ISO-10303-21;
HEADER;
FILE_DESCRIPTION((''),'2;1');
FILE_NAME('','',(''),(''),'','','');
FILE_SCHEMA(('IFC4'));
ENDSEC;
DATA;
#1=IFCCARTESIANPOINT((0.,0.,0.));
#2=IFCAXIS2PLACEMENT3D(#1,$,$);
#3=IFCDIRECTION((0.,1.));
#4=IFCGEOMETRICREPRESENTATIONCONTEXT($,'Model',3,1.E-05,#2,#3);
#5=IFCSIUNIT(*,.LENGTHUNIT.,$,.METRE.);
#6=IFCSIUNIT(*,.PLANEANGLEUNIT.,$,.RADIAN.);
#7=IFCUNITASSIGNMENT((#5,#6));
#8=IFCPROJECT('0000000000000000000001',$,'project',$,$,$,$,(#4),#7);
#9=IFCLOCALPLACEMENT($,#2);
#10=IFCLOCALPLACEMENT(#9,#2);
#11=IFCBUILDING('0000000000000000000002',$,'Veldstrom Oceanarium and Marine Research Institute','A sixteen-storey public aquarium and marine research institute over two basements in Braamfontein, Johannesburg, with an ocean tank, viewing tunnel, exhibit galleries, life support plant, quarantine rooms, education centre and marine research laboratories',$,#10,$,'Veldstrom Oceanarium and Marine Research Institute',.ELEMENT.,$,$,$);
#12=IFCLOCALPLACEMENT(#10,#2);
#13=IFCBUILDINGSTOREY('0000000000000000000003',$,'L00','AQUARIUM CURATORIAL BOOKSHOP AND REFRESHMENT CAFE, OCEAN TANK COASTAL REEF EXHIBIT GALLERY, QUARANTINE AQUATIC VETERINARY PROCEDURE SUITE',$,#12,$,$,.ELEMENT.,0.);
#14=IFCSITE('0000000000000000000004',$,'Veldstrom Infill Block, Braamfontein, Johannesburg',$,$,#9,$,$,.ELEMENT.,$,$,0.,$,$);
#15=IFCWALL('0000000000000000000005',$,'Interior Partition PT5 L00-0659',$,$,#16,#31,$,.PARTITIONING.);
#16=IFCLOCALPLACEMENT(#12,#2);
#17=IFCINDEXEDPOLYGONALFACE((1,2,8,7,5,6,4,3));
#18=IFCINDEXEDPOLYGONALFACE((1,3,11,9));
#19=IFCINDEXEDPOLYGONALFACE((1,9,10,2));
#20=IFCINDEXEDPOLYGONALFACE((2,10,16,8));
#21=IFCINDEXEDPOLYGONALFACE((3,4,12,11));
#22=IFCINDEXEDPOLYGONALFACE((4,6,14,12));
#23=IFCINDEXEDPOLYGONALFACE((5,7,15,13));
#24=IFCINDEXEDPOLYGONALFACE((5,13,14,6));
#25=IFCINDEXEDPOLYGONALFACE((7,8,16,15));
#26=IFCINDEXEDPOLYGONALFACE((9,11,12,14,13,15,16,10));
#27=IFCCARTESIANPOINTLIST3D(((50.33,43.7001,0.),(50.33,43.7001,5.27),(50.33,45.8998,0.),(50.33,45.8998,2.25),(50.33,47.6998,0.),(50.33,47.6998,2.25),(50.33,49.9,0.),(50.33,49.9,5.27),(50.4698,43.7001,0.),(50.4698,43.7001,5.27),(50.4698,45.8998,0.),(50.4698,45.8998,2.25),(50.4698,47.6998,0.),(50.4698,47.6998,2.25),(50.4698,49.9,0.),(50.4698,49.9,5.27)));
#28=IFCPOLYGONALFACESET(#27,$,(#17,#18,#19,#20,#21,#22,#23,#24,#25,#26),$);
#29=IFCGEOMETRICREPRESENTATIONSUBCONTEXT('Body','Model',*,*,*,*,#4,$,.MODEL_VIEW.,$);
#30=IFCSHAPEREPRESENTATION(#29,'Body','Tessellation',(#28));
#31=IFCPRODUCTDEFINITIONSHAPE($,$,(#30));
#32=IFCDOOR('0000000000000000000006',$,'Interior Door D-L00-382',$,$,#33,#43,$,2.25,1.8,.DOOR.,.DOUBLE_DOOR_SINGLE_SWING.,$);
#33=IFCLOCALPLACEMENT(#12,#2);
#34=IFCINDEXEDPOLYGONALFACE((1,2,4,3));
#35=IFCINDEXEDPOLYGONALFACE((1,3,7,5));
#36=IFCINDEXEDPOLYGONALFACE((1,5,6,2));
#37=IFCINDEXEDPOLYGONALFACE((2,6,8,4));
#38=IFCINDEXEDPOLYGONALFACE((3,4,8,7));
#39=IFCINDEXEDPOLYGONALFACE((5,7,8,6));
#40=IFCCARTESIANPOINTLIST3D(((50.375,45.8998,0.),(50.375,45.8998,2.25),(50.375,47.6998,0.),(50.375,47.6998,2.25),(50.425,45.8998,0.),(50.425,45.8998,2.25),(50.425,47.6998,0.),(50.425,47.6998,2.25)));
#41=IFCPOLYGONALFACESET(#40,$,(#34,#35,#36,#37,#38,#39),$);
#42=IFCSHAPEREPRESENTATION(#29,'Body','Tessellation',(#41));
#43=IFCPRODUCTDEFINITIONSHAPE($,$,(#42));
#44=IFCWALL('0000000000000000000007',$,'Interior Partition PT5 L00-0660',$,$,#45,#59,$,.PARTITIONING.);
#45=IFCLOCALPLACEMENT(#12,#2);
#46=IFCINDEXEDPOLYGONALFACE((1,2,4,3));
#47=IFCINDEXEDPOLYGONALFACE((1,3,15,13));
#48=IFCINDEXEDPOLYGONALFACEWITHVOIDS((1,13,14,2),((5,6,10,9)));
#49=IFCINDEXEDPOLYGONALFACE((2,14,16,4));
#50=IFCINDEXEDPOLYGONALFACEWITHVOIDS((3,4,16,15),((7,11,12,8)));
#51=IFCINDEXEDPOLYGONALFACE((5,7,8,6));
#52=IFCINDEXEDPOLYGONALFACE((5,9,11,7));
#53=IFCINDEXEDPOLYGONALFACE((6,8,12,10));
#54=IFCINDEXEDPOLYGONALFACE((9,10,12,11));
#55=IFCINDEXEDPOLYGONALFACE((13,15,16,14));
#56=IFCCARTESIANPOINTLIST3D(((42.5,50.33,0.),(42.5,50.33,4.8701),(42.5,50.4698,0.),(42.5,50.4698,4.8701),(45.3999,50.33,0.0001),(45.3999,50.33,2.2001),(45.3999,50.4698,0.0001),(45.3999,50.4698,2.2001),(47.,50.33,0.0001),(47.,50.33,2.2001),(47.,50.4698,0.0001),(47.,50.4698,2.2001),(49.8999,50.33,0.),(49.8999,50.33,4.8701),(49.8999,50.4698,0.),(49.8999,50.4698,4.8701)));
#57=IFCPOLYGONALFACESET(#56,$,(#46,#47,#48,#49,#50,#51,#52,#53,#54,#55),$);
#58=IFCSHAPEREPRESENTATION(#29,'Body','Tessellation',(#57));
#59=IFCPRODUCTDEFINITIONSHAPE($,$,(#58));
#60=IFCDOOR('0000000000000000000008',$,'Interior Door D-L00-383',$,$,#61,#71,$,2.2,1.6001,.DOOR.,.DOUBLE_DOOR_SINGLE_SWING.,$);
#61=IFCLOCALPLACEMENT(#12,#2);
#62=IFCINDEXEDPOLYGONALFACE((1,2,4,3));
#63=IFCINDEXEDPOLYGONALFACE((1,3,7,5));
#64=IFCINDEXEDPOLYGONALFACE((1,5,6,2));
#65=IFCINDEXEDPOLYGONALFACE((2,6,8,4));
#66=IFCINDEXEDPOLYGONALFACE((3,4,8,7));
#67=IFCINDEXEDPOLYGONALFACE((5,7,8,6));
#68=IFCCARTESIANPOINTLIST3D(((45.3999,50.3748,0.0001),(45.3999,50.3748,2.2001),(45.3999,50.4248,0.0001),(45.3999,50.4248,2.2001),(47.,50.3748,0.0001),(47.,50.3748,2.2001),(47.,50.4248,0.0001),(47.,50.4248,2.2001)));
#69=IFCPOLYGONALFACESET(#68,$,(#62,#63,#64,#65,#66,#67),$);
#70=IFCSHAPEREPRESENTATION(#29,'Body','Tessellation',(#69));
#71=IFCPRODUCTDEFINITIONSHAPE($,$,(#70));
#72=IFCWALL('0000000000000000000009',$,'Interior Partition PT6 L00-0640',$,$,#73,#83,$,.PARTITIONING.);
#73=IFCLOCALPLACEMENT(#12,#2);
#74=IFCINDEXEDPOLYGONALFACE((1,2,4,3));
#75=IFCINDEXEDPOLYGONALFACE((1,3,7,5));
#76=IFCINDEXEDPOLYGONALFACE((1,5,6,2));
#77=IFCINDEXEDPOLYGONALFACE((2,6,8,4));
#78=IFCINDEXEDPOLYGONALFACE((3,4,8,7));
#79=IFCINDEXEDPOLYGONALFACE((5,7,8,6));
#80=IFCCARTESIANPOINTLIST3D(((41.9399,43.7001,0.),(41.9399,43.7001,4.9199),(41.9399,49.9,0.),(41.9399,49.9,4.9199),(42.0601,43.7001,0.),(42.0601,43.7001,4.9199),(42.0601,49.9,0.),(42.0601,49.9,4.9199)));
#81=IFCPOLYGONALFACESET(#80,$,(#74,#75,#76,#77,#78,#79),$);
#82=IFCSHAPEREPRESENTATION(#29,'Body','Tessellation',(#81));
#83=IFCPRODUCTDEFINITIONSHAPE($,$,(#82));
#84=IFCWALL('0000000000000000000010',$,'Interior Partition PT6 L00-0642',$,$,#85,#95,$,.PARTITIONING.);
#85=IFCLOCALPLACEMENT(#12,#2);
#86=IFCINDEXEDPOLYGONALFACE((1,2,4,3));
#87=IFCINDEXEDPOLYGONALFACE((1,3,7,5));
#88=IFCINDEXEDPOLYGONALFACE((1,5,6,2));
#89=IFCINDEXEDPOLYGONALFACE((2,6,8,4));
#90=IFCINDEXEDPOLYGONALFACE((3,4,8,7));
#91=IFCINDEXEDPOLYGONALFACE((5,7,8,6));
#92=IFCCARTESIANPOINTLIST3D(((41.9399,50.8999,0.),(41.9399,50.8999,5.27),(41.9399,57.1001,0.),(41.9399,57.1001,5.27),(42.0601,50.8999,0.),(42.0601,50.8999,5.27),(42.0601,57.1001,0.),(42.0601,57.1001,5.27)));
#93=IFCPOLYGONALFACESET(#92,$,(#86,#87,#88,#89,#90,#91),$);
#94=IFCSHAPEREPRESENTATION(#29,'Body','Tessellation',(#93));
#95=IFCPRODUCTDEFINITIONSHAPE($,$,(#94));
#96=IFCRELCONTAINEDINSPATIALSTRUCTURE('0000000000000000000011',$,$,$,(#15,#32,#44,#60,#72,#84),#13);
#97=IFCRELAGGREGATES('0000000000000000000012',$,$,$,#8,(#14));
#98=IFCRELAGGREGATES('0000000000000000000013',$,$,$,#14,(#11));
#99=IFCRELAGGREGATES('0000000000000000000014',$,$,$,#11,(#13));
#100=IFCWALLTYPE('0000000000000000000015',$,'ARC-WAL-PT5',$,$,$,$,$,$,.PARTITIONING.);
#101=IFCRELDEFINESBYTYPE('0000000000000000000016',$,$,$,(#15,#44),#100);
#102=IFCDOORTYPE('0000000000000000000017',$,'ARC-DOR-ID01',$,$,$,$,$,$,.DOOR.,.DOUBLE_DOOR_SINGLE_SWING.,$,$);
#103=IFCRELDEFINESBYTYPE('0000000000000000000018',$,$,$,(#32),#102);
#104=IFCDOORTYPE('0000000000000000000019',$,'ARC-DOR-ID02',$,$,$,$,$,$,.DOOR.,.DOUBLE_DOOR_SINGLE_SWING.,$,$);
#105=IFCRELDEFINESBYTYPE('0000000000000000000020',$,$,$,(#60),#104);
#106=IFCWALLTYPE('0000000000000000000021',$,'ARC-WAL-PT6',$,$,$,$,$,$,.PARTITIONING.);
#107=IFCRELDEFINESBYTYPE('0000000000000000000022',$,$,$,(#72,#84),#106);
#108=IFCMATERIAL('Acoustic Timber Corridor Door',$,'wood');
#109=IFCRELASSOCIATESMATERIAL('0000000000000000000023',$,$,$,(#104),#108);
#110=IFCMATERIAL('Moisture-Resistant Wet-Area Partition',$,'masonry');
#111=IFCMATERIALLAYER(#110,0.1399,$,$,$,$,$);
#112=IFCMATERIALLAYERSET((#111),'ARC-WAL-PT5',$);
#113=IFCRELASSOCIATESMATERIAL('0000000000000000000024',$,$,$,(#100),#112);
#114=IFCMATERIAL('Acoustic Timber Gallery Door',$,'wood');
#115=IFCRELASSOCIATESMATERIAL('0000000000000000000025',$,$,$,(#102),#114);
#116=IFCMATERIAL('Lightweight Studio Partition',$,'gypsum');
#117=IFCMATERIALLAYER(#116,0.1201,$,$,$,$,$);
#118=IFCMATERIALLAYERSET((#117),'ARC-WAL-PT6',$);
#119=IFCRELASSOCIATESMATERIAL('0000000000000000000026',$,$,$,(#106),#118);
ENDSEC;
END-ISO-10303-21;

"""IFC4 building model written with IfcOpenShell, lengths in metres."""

from ifc_helpers import new_model, si_unit, direction, frame, frame_2d, origin, place, context, subcontext, project, spatial, rectangle, extrude, material, layer, layer_set, type_object, element, fill, save


model = new_model("IFC4")

# Units and contexts
model_context = context("Model", 3, precision=1e-05, world=origin(), true_north=direction((0.0, 1.0)))
body_context = subcontext(model_context, "Body", "Model", "MODEL_VIEW")
ifc_project = project(units=[si_unit("LENGTHUNIT", "METRE"), si_unit("PLANEANGLEUNIT", "RADIAN")], contexts=[model_context])

# Site, building, storey
site_placement = place(None, origin())
site = spatial("IfcSite", under=ifc_project, at=site_placement, Name="Veldstrom Infill Block, Braamfontein, Johannesburg", CompositionType="ELEMENT", RefElevation=0.0)
building_placement = place(site_placement, origin())
building = spatial("IfcBuilding", under=site, at=building_placement, Name="Veldstrom Oceanarium and Marine Research Institute", Description="A sixteen-storey public aquarium and marine research institute over two basements in Braamfontein, Johannesburg, with an ocean tank, viewing tunnel, exhibit galleries, life support plant, quarantine rooms, education centre and marine research laboratories", LongName="Veldstrom Oceanarium and Marine Research Institute", CompositionType="ELEMENT")
storey_placement = place(building_placement, origin())
storey = spatial("IfcBuildingStorey", under=building, at=storey_placement, Name="L00", Description="AQUARIUM CURATORIAL BOOKSHOP AND REFRESHMENT CAFE, OCEAN TANK COASTAL REEF EXHIBIT GALLERY, QUARANTINE AQUATIC VETERINARY PROCEDURE SUITE", CompositionType="ELEMENT", Elevation=0.0)

# Walls, openings, doors
ifc_material_1 = material(Name="Acoustic Timber Corridor Door", Category="wood")
door_type_1 = type_object("IfcDoorType", Name="ARC-DOR-ID02", OperationType="DOUBLE_DOOR_SINGLE_SWING", PredefinedType="DOOR", material=ifc_material_1)
ifc_material_2 = material(Name="Moisture-Resistant Wet-Area Partition", Category="masonry")
ifc_layer_1 = layer(ifc_material_2, 0.1399)
ifc_layer_set_1 = layer_set([ifc_layer_1], Name="ARC-WAL-PT5")
wall_type_1 = type_object("IfcWallType", Name="ARC-WAL-PT5", PredefinedType="PARTITIONING", material=ifc_layer_set_1)
wall_1_placement = place(storey_placement, frame((50.3999, 43.7, 0.0), z_axis=(0.0, 0.0, 1.0), x_axis=(0.0, 1.0, 0.0)))
wall_1 = element("IfcWall", 1, at=wall_1_placement, inside=storey, type_object=wall_type_1, Name="Interior Partition PT5 L00-0659", PredefinedType="PARTITIONING", context=body_context, shape_type="SweptSolid", body=[
    extrude(rectangle(XDim=6.2, YDim=0.1399, at=frame_2d((3.1001, 0.0))), origin(), (0.0, 0.0, 1.0), 5.27),
])
opening_1_placement = place(wall_1_placement, frame((2.2, 0.0, 0.0)))
opening_1 = element("IfcOpeningElement", 2, at=opening_1_placement, cuts=wall_1, PredefinedType="OPENING", context=body_context, shape_type="SweptSolid", body=[
    extrude(rectangle(XDim=1.8, YDim=2.25, at=frame_2d((0.8999, 1.125))), frame((0.0, 0.0798, 0.0), z_axis=(0.0, -1.0, 0.0), x_axis=(1.0, 0.0, 0.0)), (0.0, 0.0, 1.0), 0.1599),
])
ifc_material_3 = material(Name="Acoustic Timber Gallery Door", Category="wood")
door_type_2 = type_object("IfcDoorType", Name="ARC-DOR-ID01", OperationType="DOUBLE_DOOR_SINGLE_SWING", PredefinedType="DOOR", material=ifc_material_3)
door_1_placement = place(opening_1_placement, origin())
door_1 = element("IfcDoor", 3, at=door_1_placement, inside=storey, type_object=door_type_2, Name="Interior Door D-L00-382", OperationType="DOUBLE_DOOR_SINGLE_SWING", OverallHeight=2.25, OverallWidth=1.8, PredefinedType="DOOR", context=body_context, shape_type="SweptSolid", body=[
    extrude(rectangle(XDim=1.8, YDim=2.25, at=frame_2d((0.8999, 1.125))), frame((0.0, 0.0249, 0.0), z_axis=(0.0, -1.0, 0.0), x_axis=(1.0, 0.0, 0.0)), (0.0, 0.0, 1.0), 0.05),
])
fill(opening_1, door_1)
wall_2_placement = place(storey_placement, frame((42.5, 50.3999, 0.0), z_axis=(0.0, 0.0, 1.0), x_axis=(1.0, 0.0, 0.0)))
wall_2 = element("IfcWall", 4, at=wall_2_placement, inside=storey, type_object=wall_type_1, Name="Interior Partition PT5 L00-0660", PredefinedType="PARTITIONING", context=body_context, shape_type="SweptSolid", body=[
    extrude(rectangle(XDim=7.3999, YDim=0.1399, at=frame_2d((3.7, 0.0))), origin(), (0.0, 0.0, 1.0), 4.8701),
])
opening_2_placement = place(wall_2_placement, frame((2.8999, 0.0, 0.0)))
opening_2 = element("IfcOpeningElement", 5, at=opening_2_placement, cuts=wall_2, PredefinedType="OPENING", context=body_context, shape_type="SweptSolid", body=[
    extrude(rectangle(XDim=1.6001, YDim=2.2, at=frame_2d((0.8, 1.1001))), frame((0.0, 0.0798, 0.0), z_axis=(0.0, -1.0, 0.0), x_axis=(1.0, 0.0, 0.0)), (0.0, 0.0, 1.0), 0.1599),
])
door_2_placement = place(opening_2_placement, origin())
door_2 = element("IfcDoor", 6, at=door_2_placement, inside=storey, type_object=door_type_1, Name="Interior Door D-L00-383", OperationType="DOUBLE_DOOR_SINGLE_SWING", OverallHeight=2.2, OverallWidth=1.6001, PredefinedType="DOOR", context=body_context, shape_type="SweptSolid", body=[
    extrude(rectangle(XDim=1.6001, YDim=2.2, at=frame_2d((0.8, 1.1001))), frame((0.0, 0.0249, 0.0), z_axis=(0.0, -1.0, 0.0), x_axis=(1.0, 0.0, 0.0)), (0.0, 0.0, 1.0), 0.05),
])
fill(opening_2, door_2)

# Walls
ifc_material_4 = material(Name="Lightweight Studio Partition", Category="gypsum")
ifc_layer_2 = layer(ifc_material_4, 0.1201)
ifc_layer_set_2 = layer_set([ifc_layer_2], Name="ARC-WAL-PT6")
wall_type_2 = type_object("IfcWallType", Name="ARC-WAL-PT6", PredefinedType="PARTITIONING", material=ifc_layer_set_2)
wall_3_placement = place(storey_placement, frame((42.0, 43.7, 0.0), z_axis=(0.0, 0.0, 1.0), x_axis=(0.0, 1.0, 0.0)))
element("IfcWall", 7, at=wall_3_placement, inside=storey, type_object=wall_type_2, Name="Interior Partition PT6 L00-0640", PredefinedType="PARTITIONING", context=body_context, shape_type="SweptSolid", body=[
    extrude(rectangle(XDim=6.2, YDim=0.1201, at=frame_2d((3.1001, 0.0))), origin(), (0.0, 0.0, 1.0), 4.9199),
])
wall_4_placement = place(storey_placement, frame((42.0, 50.8999, 0.0), z_axis=(0.0, 0.0, 1.0), x_axis=(0.0, 1.0, 0.0)))
element("IfcWall", 8, at=wall_4_placement, inside=storey, type_object=wall_type_2, Name="Interior Partition PT6 L00-0642", PredefinedType="PARTITIONING", context=body_context, shape_type="SweptSolid", body=[
    extrude(rectangle(XDim=6.2002, YDim=0.1201, at=frame_2d((3.1001, 0.0))), origin(), (0.0, 0.0, 1.0), 5.27),
])

save(model, "model.ifc")
